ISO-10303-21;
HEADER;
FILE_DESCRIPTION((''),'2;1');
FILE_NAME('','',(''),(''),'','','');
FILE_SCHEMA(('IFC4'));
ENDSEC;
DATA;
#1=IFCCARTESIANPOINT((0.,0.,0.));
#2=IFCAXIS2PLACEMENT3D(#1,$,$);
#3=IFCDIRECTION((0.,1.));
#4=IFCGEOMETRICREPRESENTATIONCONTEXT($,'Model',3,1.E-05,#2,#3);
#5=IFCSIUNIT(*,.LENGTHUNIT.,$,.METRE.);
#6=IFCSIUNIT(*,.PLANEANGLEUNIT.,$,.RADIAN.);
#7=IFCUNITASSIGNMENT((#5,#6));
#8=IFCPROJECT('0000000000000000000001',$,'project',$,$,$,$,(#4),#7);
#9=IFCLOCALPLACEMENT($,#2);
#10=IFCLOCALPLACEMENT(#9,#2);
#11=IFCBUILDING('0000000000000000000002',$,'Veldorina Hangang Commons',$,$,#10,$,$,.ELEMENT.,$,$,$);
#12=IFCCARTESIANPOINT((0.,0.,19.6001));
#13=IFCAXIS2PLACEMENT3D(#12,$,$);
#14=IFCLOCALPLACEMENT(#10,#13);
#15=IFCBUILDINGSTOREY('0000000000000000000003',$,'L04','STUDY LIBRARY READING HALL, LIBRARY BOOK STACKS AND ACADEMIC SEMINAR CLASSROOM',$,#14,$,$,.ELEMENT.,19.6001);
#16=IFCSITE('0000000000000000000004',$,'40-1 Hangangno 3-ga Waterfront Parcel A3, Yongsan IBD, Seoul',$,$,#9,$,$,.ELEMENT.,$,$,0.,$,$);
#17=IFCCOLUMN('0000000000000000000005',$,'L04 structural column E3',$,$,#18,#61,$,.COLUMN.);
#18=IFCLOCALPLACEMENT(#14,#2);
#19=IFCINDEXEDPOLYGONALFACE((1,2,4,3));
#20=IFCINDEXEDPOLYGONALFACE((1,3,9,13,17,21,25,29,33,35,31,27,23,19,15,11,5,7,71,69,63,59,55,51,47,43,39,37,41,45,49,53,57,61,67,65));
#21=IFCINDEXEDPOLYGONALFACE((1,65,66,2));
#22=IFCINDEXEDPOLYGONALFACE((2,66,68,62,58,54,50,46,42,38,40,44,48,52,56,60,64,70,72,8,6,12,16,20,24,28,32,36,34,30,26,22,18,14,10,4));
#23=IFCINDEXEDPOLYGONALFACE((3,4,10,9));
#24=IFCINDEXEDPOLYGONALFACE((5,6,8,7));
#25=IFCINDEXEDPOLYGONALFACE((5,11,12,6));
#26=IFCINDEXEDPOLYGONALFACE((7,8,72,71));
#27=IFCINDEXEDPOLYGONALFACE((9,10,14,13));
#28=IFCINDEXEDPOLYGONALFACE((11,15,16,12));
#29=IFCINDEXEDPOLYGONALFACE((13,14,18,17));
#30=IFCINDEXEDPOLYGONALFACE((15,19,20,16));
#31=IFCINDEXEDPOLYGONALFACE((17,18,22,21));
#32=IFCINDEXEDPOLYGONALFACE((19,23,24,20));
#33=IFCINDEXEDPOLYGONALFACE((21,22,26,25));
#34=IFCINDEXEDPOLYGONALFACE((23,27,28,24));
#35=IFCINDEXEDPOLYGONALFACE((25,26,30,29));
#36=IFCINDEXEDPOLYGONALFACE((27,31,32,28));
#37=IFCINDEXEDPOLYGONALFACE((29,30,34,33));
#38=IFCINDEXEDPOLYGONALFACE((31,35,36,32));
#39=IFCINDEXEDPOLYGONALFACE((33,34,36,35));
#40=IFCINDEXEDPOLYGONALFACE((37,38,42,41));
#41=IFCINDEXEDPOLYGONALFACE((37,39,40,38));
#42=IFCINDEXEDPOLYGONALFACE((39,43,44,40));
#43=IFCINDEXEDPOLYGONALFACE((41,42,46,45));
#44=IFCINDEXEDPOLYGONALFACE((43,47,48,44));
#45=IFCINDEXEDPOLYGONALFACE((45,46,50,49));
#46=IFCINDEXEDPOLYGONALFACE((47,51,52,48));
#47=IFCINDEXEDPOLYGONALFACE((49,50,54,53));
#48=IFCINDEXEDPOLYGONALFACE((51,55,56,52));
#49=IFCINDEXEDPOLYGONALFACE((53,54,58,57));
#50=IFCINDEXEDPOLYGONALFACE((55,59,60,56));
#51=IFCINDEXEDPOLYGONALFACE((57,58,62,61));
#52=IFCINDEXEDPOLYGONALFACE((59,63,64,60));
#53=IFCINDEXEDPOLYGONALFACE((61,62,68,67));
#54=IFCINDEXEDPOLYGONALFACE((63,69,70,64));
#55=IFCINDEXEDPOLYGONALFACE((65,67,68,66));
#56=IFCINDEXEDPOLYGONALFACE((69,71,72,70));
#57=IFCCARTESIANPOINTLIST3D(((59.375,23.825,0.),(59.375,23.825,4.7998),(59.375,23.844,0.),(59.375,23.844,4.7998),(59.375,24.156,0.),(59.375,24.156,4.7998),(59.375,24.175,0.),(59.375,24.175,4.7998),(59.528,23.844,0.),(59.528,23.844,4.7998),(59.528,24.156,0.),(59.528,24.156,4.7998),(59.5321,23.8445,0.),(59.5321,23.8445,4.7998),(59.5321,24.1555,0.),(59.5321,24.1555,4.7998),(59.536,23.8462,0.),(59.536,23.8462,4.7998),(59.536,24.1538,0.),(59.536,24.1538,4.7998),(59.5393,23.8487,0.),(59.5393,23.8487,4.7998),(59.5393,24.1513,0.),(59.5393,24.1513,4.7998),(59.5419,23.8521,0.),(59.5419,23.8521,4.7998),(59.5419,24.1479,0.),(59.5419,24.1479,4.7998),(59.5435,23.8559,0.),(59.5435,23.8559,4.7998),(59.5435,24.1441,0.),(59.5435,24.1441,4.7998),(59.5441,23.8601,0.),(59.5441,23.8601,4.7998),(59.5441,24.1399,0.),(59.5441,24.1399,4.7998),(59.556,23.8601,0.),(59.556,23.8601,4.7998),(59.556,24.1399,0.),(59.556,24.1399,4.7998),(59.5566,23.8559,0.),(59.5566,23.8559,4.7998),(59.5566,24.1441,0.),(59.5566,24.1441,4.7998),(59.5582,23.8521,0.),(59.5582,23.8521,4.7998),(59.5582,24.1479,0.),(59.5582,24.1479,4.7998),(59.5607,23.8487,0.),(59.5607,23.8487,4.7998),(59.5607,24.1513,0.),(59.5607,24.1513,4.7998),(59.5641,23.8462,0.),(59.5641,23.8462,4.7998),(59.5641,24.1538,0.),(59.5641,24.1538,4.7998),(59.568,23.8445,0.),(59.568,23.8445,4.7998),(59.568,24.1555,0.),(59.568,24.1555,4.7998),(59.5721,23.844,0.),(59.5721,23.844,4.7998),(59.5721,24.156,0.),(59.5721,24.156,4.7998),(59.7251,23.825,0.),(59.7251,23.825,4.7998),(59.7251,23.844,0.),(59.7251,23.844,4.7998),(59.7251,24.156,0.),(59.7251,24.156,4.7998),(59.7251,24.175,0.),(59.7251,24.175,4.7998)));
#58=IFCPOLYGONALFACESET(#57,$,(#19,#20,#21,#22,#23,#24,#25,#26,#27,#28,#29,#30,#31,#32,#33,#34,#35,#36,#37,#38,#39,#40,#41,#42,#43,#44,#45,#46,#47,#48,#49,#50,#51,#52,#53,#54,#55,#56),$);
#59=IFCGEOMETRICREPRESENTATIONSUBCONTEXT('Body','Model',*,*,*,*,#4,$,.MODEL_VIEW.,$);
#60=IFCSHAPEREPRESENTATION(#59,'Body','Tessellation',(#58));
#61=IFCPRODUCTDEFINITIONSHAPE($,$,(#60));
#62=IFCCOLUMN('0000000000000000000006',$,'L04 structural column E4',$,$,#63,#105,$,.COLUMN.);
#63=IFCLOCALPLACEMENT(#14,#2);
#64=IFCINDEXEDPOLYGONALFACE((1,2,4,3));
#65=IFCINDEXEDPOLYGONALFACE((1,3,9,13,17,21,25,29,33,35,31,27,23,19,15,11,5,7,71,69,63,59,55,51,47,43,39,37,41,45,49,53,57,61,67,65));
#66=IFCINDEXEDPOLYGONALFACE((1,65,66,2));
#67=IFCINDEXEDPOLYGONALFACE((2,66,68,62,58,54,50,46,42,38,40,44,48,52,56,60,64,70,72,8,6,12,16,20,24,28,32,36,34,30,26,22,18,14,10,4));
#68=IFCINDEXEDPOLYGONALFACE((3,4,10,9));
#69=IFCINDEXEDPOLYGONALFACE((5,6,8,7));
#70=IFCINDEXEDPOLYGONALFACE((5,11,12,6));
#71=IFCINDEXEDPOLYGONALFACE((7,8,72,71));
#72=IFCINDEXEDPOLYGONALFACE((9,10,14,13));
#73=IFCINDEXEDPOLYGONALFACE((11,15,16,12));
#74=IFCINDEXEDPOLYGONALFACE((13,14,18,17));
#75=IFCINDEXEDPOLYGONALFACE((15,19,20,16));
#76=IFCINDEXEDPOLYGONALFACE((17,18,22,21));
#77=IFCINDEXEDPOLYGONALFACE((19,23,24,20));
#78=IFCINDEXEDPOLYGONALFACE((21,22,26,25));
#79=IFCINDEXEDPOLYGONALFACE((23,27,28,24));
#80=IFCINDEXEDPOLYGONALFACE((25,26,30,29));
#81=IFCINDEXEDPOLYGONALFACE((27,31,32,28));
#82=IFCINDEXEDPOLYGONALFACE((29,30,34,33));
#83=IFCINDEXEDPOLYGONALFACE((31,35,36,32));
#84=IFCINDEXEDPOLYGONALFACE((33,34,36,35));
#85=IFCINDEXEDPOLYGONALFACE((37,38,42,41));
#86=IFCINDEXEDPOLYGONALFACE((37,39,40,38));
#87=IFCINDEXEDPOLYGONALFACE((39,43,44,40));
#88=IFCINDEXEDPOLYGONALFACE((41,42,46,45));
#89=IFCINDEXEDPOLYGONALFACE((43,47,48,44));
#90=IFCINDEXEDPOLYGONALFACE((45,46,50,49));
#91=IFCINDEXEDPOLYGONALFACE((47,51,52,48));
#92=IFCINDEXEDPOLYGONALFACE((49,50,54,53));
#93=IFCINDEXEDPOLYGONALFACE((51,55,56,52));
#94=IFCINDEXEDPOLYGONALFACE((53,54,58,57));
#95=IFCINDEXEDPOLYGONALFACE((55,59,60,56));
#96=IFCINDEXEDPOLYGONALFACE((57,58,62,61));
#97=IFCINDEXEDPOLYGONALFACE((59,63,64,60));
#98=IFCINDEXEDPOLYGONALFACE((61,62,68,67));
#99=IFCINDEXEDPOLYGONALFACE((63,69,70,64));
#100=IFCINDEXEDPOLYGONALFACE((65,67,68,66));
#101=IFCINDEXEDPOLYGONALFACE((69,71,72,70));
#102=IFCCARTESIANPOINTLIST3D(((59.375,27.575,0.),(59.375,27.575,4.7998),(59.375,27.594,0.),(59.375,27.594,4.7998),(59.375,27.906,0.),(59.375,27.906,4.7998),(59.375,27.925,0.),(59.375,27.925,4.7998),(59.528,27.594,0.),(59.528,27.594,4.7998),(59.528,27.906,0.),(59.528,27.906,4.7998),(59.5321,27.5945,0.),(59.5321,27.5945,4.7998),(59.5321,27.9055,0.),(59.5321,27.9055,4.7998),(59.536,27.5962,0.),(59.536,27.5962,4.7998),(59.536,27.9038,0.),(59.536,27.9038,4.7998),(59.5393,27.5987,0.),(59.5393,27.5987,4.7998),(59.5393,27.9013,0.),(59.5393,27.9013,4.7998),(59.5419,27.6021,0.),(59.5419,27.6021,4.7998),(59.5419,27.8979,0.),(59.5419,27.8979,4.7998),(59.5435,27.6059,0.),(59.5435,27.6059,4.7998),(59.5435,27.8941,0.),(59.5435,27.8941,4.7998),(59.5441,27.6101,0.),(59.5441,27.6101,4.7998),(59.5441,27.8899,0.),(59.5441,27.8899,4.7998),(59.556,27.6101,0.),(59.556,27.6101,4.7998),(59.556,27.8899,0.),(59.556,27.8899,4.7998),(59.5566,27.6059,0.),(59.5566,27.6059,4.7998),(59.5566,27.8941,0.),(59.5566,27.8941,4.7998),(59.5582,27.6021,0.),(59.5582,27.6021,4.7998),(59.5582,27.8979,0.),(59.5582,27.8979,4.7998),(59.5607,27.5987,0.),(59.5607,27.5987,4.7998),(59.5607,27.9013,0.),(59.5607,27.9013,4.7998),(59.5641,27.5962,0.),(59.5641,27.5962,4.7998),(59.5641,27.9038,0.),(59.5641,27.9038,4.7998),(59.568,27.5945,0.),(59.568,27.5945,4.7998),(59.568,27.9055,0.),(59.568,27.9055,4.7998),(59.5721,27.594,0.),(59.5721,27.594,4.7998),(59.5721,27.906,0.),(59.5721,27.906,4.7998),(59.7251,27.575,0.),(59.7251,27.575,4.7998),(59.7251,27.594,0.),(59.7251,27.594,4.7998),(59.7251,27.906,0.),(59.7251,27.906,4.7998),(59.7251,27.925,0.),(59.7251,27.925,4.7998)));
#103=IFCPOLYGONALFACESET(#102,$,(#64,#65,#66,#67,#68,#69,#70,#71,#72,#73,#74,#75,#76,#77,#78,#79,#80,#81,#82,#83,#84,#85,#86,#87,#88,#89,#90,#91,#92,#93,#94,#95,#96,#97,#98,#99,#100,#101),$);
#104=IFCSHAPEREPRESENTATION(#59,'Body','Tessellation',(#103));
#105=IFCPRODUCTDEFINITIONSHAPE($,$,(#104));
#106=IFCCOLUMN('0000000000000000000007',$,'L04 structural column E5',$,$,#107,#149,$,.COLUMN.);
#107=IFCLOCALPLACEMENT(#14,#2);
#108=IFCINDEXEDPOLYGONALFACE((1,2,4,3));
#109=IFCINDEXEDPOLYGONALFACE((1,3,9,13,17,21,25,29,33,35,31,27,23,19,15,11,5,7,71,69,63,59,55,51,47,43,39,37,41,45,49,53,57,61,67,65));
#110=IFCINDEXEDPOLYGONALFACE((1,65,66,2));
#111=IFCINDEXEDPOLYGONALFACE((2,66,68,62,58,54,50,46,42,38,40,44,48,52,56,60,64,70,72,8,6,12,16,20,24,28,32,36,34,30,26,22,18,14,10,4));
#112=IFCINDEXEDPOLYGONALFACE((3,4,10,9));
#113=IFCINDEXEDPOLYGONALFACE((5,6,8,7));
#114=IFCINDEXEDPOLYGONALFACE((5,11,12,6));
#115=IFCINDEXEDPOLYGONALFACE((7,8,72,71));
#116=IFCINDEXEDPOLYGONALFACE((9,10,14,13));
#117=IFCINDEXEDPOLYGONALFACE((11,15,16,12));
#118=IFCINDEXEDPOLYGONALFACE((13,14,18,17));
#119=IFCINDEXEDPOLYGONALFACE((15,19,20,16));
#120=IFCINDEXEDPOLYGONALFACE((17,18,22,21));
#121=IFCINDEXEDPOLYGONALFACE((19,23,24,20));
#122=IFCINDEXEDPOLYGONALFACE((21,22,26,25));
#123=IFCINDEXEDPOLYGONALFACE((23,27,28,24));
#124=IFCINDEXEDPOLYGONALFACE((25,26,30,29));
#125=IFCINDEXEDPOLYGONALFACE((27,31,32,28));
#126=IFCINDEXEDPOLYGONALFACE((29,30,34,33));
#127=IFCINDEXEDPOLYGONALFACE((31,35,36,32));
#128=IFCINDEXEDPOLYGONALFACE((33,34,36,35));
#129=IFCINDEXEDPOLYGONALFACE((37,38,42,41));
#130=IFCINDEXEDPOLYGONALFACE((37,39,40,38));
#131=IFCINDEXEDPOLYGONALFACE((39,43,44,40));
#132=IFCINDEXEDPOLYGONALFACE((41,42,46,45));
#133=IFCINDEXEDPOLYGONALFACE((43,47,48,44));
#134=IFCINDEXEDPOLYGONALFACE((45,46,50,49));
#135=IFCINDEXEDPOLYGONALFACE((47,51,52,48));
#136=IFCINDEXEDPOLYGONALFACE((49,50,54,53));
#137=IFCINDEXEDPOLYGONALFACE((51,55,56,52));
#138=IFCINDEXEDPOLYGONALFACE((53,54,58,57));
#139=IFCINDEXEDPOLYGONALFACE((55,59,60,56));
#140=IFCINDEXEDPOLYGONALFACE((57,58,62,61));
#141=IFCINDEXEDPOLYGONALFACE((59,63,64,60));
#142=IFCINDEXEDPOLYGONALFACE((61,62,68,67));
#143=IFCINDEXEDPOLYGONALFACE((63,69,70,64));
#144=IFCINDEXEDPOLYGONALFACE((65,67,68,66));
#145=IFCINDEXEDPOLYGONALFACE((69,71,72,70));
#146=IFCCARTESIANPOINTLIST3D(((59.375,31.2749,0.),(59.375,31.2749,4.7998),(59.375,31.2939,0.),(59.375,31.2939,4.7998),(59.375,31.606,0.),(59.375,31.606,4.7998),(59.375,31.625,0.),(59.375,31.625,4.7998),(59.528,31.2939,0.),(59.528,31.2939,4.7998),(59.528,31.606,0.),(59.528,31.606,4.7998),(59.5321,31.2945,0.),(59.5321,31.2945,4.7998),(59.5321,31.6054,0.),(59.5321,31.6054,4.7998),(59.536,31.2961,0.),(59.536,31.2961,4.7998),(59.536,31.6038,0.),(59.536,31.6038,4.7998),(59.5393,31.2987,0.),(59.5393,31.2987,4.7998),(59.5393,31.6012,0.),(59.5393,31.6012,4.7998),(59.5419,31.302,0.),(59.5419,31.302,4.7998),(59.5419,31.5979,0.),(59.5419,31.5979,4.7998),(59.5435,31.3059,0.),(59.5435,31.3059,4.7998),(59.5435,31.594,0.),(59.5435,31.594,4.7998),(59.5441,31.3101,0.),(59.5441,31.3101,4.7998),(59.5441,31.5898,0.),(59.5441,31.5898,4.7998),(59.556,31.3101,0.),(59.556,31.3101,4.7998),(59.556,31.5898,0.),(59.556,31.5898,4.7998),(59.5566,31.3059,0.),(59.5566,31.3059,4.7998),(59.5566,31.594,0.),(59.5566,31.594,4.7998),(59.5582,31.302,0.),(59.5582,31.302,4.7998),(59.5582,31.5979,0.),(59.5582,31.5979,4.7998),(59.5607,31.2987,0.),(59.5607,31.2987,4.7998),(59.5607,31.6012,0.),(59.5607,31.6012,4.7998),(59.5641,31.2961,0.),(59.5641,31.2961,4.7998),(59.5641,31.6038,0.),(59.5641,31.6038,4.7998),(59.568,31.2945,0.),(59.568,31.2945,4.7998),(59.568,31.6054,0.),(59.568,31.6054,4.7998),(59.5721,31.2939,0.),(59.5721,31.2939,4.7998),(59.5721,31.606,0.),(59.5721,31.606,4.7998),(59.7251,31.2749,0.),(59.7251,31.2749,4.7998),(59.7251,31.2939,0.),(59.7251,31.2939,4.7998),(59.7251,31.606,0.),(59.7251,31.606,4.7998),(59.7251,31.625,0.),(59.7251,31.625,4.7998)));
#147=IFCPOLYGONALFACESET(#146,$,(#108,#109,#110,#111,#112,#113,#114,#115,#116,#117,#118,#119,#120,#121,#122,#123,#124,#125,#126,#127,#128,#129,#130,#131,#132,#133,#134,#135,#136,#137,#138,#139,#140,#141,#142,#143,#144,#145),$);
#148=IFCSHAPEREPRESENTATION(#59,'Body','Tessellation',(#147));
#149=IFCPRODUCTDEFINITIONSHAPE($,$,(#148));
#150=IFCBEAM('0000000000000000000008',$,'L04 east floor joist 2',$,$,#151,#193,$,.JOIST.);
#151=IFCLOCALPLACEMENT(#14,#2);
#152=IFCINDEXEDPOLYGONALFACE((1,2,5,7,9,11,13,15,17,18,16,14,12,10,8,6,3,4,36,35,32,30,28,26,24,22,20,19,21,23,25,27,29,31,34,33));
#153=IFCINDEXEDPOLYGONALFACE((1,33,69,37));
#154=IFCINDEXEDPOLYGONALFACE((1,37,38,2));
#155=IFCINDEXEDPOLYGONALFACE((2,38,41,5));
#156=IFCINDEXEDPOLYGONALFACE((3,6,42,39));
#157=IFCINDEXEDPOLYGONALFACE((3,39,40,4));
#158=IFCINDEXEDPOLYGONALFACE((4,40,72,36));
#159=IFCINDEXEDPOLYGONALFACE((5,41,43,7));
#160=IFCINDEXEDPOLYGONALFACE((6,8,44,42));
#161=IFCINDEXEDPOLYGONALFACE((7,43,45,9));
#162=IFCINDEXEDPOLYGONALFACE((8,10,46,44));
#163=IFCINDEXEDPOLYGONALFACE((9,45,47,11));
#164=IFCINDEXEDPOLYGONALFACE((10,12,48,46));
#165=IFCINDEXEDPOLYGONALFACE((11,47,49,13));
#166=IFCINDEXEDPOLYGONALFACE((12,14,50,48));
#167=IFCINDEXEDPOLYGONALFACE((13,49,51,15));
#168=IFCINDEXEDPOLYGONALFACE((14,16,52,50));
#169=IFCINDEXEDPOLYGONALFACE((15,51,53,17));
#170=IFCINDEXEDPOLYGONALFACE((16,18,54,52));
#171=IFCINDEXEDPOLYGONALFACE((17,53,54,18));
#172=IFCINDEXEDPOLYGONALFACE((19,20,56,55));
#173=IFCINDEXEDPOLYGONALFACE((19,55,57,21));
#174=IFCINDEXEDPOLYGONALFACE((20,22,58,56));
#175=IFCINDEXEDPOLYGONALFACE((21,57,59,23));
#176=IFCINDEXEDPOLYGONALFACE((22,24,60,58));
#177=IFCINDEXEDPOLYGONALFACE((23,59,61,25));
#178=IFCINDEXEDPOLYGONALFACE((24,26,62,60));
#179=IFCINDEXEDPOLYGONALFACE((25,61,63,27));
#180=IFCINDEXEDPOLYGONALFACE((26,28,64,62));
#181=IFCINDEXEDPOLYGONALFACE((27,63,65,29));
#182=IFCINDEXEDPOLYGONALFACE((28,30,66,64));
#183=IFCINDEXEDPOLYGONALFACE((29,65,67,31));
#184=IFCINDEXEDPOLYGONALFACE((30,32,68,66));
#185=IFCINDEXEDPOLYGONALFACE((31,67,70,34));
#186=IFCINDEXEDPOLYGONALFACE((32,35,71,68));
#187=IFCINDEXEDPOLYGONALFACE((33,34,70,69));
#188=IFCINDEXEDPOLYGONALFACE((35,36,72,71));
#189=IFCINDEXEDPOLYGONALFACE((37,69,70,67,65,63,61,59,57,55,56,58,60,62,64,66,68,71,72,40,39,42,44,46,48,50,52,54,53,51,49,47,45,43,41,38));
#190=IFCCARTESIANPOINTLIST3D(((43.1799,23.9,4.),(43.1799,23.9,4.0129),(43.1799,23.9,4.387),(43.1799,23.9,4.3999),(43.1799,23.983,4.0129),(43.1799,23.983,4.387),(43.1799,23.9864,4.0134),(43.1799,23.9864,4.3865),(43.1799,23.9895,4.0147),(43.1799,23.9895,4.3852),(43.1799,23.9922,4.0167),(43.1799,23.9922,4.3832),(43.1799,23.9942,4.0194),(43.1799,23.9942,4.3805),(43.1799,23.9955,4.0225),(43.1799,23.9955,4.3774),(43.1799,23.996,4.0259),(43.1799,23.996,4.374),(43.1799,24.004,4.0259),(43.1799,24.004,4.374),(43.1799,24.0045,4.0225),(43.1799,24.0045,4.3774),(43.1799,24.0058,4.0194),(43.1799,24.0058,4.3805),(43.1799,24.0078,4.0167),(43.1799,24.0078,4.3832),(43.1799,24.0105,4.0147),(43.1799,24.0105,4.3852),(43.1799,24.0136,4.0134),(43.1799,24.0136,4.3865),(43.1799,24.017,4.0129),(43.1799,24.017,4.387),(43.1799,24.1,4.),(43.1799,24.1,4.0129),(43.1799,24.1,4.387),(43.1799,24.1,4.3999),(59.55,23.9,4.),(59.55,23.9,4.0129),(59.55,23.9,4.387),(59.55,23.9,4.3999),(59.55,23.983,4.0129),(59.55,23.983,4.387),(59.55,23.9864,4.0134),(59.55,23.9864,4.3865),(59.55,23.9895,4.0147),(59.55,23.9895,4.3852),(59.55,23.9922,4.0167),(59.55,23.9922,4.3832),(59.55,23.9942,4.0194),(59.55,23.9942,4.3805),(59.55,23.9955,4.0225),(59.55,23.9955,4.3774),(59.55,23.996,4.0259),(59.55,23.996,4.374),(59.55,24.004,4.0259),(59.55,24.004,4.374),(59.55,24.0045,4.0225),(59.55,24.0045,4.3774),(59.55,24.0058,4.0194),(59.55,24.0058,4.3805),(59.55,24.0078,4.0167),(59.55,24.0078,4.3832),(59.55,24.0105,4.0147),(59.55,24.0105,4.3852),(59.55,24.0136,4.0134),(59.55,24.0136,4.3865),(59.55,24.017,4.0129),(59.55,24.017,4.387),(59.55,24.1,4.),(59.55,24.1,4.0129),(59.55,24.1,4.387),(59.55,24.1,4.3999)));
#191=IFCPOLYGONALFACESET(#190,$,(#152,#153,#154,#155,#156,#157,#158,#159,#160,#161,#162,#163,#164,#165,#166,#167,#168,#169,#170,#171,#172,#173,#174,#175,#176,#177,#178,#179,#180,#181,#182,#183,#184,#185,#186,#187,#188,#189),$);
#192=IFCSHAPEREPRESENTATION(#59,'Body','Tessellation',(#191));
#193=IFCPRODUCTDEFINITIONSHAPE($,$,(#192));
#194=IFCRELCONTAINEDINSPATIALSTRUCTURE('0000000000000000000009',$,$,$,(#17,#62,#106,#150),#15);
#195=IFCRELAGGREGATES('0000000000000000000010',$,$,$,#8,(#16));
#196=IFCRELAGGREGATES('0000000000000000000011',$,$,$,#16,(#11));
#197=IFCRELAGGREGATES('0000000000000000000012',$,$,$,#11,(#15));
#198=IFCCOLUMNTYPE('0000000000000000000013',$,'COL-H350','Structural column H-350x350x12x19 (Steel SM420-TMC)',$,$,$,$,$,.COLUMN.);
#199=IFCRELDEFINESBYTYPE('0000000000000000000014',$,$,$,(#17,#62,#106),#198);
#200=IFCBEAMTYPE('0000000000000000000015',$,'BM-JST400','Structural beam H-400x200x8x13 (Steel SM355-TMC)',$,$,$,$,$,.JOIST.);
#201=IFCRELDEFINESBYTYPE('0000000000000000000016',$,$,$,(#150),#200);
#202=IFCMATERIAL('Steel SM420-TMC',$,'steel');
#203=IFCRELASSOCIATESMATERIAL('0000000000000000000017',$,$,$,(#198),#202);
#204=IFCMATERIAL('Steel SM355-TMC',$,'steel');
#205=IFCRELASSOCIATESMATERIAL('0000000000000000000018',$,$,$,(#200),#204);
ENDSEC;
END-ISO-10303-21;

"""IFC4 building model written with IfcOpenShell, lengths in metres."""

from ifc_helpers import new_model, si_unit, direction, frame, origin, origin_2d, place, context, subcontext, project, spatial, i_section, extrude, material, material_profile, profile_set, type_object, element, save


model = new_model("IFC4")

# Units and contexts
model_context = context("Model", 3, precision=1e-05, world=origin(), true_north=direction((0.0, 1.0)))
body_context = subcontext(model_context, "Body", "Model", "MODEL_VIEW")
ifc_project = project(units=[si_unit("LENGTHUNIT", "METRE"), si_unit("PLANEANGLEUNIT", "RADIAN")], contexts=[model_context])

# Site, building, storey
site_placement = place(None, origin())
site = spatial("IfcSite", under=ifc_project, at=site_placement, Name="40-1 Hangangno 3-ga Waterfront Parcel A3, Yongsan IBD, Seoul", CompositionType="ELEMENT", RefElevation=0.0)
building_placement = place(site_placement, origin())
building = spatial("IfcBuilding", under=site, at=building_placement, Name="Veldorina Hangang Commons", CompositionType="ELEMENT")
storey_placement = place(building_placement, frame((0.0, 0.0, 19.6001)))
storey = spatial("IfcBuildingStorey", under=building, at=storey_placement, Name="L04", Description="STUDY LIBRARY READING HALL, LIBRARY BOOK STACKS AND ACADEMIC SEMINAR CLASSROOM", CompositionType="ELEMENT", Elevation=19.6001)

# Columns
ifc_material_1 = material(Name="Steel SM420-TMC", Category="steel")
ifc_material_profile_1 = material_profile(ifc_material_1, i_section(OverallWidth=0.3501, OverallDepth=0.3501, WebThickness=0.012, FlangeThickness=0.019, FilletRadius=0.0161, at=origin_2d()), Name="H-350x350x12x19")
ifc_profile_set_1 = profile_set([ifc_material_profile_1], Name="Steel SM420-TMC")
column_type = type_object("IfcColumnType", Name="COL-H350", Description="Structural column H-350x350x12x19 (Steel SM420-TMC)", PredefinedType="COLUMN", material=ifc_profile_set_1)
for number, where, z_axis, x_axis, name in (
    (1, (59.55, 24.0, 0.0), (0.0, 0.0, 1.0), (1.0, 0.0, 0.0), "L04 structural column E3"),
    (2, (59.55, 27.75, 0.0), (0.0, 0.0, 1.0), (1.0, 0.0, 0.0), "L04 structural column E4"),
    (3, (59.55, 31.45, 0.0), (0.0, 0.0, 1.0), (1.0, 0.0, 0.0), "L04 structural column E5"),
):
    element("IfcColumn", number, at=place(storey_placement, frame(where, z_axis=z_axis, x_axis=x_axis)), inside=storey, type_object=column_type, Name=name, PredefinedType="COLUMN", context=body_context, shape_type="SweptSolid", body=[
        extrude(i_section(OverallWidth=0.3501, OverallDepth=0.3501, WebThickness=0.012, FlangeThickness=0.019, FilletRadius=0.0161, at=origin_2d()), origin(), (0.0, 0.0, 1.0), 4.7998),
    ])

# Beam
ifc_material_2 = material(Name="Steel SM355-TMC", Category="steel")
ifc_material_profile_2 = material_profile(ifc_material_2, i_section(OverallWidth=0.2, OverallDepth=0.3999, WebThickness=0.0081, FlangeThickness=0.0129, FilletRadius=0.0129, at=origin_2d()), Name="H-400x200x8x13")
ifc_profile_set_2 = profile_set([ifc_material_profile_2], Name="Steel SM355-TMC")
beam_type_1 = type_object("IfcBeamType", Name="BM-JST400", Description="Structural beam H-400x200x8x13 (Steel SM355-TMC)", PredefinedType="JOIST", material=ifc_profile_set_2)
for number, where, z_axis, x_axis, name in (
    (4, (43.1799, 24.0, 4.2), (1.0, 0.0, 0.0), (0.0, 1.0, 0.0), "L04 east floor joist 2"),
):
    element("IfcBeam", number, at=place(storey_placement, frame(where, z_axis=z_axis, x_axis=x_axis)), inside=storey, type_object=beam_type_1, Name=name, PredefinedType="JOIST", context=body_context, shape_type="SweptSolid", body=[
        extrude(i_section(OverallWidth=0.2, OverallDepth=0.3999, WebThickness=0.0081, FlangeThickness=0.0129, FilletRadius=0.0129, at=origin_2d()), origin(), (0.0, 0.0, 1.0), 16.3701),
    ])

save(model, "model.ifc")
